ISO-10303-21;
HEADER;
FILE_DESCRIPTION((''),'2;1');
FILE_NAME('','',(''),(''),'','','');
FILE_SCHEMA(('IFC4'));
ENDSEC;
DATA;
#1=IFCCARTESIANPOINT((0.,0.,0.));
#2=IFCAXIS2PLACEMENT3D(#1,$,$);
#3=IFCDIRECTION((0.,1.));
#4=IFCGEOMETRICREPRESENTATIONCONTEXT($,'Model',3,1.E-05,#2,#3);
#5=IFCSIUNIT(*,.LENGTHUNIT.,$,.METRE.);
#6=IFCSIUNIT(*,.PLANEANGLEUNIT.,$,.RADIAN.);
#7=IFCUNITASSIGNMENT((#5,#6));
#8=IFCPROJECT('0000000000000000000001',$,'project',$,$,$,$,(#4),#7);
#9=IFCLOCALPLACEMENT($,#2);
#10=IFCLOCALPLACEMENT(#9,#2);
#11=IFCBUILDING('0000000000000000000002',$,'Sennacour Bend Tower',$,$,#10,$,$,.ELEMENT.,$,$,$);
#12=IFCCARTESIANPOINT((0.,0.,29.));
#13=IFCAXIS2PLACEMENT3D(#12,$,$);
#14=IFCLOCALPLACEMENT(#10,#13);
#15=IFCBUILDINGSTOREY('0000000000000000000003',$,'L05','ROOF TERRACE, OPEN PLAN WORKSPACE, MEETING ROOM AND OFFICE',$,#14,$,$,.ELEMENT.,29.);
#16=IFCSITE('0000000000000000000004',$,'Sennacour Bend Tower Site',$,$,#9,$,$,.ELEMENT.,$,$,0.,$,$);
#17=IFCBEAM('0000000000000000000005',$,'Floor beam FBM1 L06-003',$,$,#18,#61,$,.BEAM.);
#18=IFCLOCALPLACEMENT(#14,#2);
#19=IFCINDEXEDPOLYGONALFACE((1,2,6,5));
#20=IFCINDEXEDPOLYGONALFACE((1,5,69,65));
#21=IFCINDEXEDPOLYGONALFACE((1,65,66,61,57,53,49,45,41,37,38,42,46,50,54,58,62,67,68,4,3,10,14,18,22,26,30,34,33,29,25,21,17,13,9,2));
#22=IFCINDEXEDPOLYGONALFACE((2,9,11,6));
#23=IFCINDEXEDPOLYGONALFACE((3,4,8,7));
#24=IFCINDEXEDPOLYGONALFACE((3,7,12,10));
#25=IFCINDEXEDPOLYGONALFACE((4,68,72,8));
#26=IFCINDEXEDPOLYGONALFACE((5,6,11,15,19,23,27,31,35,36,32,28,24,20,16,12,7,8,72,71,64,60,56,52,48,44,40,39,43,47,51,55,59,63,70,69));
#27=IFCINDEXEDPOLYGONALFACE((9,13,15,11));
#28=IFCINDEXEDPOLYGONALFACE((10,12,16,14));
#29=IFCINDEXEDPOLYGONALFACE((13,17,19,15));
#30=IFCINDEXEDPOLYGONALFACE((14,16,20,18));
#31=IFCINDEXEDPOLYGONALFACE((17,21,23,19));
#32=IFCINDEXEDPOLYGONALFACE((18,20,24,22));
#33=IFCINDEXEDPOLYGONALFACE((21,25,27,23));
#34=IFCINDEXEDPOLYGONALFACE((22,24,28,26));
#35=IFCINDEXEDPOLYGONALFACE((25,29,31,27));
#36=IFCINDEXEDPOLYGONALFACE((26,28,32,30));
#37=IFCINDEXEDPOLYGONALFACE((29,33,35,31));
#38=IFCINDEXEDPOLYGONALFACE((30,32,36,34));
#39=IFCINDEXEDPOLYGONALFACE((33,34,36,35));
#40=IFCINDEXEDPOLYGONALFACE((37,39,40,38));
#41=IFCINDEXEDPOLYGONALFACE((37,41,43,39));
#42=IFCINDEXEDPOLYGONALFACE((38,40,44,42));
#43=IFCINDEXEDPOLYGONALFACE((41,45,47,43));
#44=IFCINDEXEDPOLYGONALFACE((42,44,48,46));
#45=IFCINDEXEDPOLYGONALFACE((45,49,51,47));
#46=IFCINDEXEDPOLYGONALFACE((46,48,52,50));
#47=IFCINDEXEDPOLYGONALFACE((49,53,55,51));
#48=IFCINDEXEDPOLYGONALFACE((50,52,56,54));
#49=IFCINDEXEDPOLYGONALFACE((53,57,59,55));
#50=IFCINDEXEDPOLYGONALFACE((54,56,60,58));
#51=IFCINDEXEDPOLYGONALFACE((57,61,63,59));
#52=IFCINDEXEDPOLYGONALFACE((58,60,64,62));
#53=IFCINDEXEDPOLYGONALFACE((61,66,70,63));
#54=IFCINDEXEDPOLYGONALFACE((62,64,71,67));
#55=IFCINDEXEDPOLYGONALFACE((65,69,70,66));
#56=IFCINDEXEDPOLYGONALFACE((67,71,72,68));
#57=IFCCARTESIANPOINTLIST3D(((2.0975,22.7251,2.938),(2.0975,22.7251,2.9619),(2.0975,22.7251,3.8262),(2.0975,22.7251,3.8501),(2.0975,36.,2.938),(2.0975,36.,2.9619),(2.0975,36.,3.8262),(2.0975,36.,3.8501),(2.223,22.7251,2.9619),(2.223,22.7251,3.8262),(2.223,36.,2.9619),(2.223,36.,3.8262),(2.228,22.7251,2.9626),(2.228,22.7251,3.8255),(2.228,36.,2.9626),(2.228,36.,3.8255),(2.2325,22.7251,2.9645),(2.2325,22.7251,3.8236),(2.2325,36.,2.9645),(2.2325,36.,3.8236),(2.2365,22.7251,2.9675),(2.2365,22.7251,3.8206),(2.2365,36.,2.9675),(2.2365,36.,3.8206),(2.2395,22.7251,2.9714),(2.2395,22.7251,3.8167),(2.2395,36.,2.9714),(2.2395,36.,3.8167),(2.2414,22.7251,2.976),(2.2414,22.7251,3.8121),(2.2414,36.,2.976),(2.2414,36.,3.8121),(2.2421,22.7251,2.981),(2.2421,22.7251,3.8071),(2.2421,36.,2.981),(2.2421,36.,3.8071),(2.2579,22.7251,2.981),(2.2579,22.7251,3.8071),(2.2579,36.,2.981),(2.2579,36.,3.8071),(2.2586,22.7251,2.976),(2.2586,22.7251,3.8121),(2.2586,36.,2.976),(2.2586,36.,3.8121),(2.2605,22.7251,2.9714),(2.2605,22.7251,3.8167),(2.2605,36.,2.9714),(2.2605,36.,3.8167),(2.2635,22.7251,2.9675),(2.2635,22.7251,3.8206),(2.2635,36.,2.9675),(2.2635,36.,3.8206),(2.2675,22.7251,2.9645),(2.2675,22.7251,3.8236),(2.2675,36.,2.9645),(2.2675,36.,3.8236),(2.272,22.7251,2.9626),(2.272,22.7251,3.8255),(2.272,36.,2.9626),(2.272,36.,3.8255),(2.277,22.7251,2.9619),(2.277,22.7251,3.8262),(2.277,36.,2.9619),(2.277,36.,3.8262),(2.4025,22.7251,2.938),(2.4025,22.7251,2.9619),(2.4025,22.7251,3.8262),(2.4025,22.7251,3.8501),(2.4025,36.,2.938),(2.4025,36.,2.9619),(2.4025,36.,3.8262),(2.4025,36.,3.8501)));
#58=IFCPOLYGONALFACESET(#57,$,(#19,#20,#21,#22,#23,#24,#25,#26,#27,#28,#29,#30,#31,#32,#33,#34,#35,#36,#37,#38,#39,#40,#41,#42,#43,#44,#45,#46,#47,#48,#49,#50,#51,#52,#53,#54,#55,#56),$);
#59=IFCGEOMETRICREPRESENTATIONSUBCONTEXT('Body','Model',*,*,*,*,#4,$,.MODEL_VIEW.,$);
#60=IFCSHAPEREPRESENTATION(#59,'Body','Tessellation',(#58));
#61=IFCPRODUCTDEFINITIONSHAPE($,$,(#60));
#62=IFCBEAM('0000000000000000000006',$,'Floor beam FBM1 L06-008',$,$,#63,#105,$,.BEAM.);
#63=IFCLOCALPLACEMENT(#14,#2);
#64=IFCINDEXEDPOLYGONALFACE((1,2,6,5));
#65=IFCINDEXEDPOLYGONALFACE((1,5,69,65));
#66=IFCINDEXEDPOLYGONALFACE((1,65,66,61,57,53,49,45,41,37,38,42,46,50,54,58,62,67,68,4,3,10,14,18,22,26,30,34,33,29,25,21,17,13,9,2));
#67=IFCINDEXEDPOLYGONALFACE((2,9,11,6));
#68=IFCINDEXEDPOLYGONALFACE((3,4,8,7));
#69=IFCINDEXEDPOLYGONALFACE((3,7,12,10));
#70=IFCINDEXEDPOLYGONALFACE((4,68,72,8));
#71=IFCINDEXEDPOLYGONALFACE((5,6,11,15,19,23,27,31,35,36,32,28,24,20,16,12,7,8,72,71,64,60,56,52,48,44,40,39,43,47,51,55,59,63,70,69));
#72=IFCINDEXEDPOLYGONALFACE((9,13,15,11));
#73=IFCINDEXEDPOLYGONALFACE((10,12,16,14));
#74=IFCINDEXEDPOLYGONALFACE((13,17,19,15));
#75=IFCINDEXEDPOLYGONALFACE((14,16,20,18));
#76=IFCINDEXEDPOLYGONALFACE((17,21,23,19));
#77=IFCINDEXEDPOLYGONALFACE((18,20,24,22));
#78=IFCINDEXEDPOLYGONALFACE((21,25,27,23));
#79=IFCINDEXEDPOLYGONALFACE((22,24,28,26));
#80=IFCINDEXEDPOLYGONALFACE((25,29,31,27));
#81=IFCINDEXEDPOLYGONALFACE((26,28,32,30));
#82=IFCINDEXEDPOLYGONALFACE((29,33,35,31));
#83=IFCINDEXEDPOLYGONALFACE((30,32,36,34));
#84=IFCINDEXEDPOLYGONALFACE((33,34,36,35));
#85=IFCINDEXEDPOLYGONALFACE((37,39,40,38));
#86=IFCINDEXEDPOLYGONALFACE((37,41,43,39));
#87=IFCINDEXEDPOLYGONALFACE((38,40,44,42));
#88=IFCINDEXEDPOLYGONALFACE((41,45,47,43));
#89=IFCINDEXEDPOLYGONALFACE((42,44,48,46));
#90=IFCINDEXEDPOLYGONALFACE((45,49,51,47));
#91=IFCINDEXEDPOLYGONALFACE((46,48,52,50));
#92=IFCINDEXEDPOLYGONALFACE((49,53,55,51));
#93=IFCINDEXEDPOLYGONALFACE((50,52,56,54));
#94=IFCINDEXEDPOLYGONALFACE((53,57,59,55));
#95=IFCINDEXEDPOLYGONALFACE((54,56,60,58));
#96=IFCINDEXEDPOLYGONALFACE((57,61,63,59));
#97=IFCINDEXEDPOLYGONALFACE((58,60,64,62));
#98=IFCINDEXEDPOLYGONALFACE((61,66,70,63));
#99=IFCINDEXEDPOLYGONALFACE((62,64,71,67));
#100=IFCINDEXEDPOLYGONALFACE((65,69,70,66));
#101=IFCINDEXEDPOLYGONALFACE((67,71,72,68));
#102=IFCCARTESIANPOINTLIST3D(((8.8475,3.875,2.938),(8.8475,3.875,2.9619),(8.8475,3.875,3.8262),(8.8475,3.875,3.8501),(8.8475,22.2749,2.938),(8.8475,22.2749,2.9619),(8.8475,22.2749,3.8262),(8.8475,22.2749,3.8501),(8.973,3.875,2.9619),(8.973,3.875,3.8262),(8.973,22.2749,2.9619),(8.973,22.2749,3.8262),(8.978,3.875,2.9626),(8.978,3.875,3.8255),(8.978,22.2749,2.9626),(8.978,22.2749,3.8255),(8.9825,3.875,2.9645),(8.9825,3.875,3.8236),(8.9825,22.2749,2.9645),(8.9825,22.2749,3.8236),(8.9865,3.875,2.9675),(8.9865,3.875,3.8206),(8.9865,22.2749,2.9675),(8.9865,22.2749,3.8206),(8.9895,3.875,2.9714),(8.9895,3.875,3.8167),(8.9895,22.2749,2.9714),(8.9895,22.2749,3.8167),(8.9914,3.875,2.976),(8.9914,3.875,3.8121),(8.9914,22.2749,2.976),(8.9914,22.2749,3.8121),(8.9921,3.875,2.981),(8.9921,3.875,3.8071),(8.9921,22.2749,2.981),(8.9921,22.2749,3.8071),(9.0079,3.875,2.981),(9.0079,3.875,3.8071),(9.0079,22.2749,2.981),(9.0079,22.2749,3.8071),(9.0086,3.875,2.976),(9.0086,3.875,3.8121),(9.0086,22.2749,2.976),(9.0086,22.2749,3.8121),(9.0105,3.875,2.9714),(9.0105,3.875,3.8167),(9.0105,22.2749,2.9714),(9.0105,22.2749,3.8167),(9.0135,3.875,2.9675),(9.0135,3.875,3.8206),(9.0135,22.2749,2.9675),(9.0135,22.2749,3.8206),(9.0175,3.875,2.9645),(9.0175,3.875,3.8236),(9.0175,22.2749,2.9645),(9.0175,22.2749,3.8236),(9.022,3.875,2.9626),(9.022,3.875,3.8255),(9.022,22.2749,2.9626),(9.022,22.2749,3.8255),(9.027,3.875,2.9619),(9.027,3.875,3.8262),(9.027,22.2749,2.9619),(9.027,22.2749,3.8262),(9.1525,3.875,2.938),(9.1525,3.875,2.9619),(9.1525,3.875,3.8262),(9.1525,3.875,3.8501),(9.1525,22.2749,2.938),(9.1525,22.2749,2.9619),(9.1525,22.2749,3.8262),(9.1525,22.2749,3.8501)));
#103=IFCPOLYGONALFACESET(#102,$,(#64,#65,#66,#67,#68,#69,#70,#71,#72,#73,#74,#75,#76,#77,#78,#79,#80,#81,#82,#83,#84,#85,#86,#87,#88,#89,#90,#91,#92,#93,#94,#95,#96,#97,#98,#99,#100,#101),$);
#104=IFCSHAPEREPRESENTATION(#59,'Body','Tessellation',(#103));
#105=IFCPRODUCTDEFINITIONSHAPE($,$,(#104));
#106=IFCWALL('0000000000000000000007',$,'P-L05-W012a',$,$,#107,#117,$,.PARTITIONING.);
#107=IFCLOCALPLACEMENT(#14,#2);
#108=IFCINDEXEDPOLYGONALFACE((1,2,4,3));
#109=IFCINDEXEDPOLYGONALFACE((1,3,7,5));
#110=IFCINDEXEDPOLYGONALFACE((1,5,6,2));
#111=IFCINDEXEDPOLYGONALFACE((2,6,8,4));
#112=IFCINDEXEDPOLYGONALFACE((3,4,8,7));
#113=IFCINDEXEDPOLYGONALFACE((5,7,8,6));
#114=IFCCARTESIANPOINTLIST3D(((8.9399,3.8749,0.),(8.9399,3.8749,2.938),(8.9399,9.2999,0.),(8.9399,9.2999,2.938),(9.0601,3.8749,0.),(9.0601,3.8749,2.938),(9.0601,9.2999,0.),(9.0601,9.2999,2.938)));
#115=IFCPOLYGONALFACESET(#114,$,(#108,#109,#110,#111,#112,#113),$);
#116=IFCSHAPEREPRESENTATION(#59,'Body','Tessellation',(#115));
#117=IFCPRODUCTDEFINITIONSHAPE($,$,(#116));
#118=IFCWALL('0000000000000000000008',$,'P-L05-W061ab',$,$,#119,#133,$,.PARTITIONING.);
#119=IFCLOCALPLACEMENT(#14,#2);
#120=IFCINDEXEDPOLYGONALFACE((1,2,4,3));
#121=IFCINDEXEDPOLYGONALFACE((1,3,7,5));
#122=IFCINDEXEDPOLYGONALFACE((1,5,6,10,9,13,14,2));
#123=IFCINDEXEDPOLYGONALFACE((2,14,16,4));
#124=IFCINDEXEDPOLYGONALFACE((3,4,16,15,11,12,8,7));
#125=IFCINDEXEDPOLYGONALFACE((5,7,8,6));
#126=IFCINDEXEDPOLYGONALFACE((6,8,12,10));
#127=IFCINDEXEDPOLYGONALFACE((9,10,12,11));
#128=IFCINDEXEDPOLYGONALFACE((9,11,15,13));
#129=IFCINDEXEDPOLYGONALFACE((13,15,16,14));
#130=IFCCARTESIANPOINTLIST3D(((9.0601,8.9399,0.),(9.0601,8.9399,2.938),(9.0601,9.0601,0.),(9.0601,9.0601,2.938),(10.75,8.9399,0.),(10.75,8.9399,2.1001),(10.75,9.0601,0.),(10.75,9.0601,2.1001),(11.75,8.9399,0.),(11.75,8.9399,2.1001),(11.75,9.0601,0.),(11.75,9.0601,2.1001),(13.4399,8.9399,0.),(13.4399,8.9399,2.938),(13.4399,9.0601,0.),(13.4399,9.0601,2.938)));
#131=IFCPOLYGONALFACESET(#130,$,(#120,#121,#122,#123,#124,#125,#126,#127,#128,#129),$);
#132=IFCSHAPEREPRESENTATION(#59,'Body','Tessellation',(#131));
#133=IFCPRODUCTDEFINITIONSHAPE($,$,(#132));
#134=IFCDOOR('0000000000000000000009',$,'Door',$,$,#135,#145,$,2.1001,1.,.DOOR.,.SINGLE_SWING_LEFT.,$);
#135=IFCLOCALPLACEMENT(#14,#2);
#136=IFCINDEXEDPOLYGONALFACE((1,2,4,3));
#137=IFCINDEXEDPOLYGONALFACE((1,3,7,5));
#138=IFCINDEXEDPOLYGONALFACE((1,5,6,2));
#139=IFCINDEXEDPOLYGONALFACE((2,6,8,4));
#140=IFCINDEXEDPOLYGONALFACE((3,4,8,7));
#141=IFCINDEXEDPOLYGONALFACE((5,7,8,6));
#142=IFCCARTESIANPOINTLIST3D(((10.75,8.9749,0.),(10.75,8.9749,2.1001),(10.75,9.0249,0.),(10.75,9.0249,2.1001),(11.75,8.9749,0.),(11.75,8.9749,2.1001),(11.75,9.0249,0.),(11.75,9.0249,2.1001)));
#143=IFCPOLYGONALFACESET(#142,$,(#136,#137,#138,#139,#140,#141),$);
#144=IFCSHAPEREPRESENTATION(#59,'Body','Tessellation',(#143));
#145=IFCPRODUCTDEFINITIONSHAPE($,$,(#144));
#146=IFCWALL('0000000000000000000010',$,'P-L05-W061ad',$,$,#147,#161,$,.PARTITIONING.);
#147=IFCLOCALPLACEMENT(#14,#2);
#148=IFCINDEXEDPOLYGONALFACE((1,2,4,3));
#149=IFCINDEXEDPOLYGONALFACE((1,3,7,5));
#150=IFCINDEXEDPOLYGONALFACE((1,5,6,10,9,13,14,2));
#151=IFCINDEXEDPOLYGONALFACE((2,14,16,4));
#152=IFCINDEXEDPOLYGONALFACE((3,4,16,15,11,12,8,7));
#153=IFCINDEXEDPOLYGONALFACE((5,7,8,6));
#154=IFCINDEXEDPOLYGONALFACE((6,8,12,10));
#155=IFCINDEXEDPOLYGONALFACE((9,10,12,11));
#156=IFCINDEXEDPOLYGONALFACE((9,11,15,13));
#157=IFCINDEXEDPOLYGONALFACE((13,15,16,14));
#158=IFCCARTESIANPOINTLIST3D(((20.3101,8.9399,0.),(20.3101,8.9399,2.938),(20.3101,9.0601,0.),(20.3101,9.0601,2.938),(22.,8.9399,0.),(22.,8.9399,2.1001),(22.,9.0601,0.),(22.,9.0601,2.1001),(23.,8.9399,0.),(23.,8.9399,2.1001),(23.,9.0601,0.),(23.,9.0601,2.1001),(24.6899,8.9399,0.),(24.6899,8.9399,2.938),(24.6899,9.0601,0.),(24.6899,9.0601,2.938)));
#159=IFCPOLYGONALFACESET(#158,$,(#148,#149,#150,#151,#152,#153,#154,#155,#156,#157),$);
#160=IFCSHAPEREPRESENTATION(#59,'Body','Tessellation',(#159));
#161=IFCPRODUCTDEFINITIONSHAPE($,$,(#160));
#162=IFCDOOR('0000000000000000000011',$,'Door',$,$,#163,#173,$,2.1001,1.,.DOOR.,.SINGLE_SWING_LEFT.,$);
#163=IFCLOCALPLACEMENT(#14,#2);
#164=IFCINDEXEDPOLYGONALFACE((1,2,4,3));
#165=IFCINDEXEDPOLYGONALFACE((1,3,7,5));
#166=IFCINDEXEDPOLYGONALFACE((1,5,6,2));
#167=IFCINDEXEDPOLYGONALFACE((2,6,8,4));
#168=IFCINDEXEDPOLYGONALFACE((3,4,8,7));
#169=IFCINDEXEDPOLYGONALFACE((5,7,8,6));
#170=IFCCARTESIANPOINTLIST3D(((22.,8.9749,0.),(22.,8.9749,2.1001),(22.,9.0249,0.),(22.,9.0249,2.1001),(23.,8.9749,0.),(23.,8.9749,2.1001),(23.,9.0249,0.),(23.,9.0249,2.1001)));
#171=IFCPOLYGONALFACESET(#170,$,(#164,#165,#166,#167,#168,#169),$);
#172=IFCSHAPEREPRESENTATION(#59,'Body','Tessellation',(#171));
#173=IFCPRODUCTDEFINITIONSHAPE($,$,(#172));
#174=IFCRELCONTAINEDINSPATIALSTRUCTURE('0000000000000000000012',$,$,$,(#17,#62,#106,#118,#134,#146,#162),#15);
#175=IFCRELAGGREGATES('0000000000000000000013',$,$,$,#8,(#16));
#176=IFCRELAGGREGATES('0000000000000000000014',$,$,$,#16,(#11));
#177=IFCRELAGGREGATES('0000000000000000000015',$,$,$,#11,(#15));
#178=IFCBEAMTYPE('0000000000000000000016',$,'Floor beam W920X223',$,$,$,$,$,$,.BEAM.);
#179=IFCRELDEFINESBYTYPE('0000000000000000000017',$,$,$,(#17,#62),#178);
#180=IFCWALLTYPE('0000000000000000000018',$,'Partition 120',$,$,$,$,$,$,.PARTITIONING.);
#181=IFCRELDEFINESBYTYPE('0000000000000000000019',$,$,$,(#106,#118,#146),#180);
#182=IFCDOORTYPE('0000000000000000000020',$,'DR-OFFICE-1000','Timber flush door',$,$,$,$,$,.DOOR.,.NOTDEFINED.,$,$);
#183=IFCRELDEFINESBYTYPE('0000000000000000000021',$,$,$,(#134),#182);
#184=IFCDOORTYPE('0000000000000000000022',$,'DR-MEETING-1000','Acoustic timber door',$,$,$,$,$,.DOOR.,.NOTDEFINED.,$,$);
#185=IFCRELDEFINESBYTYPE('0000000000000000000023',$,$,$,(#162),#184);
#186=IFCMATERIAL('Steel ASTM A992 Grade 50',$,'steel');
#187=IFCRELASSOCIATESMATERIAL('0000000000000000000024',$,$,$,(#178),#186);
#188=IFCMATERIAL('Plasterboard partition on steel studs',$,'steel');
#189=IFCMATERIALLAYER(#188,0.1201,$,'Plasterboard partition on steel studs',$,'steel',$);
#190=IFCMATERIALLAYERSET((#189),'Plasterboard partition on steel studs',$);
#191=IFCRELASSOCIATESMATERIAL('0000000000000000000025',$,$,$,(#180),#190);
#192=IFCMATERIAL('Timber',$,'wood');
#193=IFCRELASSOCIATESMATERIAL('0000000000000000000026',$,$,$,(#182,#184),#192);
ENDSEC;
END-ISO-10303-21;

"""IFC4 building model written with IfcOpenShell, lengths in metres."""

from ifc_helpers import new_model, si_unit, direction, frame, frame_2d, origin, origin_2d, place, context, subcontext, project, spatial, rectangle, i_section, extrude, material, layer, layer_set, material_profile, profile_set, type_object, element, fill, save


model = new_model("IFC4")

# Units and contexts
model_context = context("Model", 3, precision=1e-05, world=origin(), true_north=direction((0.0, 1.0)))
body_context = subcontext(model_context, "Body", "Model", "MODEL_VIEW")
ifc_project = project(units=[si_unit("LENGTHUNIT", "METRE"), si_unit("PLANEANGLEUNIT", "RADIAN")], contexts=[model_context])

# Site, building, storey
site_placement = place(None, origin())
site = spatial("IfcSite", under=ifc_project, at=site_placement, Name="Sennacour Bend Tower Site", CompositionType="ELEMENT", RefElevation=0.0)
building_placement = place(site_placement, origin())
building = spatial("IfcBuilding", under=site, at=building_placement, Name="Sennacour Bend Tower", CompositionType="ELEMENT")
storey_placement = place(building_placement, frame((0.0, 0.0, 29.0)))
storey = spatial("IfcBuildingStorey", under=building, at=storey_placement, Name="L05", Description="ROOF TERRACE, OPEN PLAN WORKSPACE, MEETING ROOM AND OFFICE", CompositionType="ELEMENT", Elevation=29.0)

# Beams
ifc_material_1 = material(Name="Steel ASTM A992 Grade 50", Category="steel")
ifc_material_profile = material_profile(ifc_material_1, i_section(OverallWidth=0.3049, OverallDepth=0.9121, WebThickness=0.0159, FlangeThickness=0.0239, FilletRadius=0.019, at=origin_2d()), Name="Steel ASTM A992 Grade 50", Category="steel")
ifc_profile_set = profile_set([ifc_material_profile], Name="Steel ASTM A992 Grade 50")
beam_type = type_object("IfcBeamType", Name="Floor beam W920X223", PredefinedType="BEAM", material=ifc_profile_set)
beam_1_placement = place(storey_placement, frame((2.25, 22.7251, 3.394), z_axis=(0.0, 1.0, 0.0), x_axis=(-1.0, 0.0, 0.0)))
element("IfcBeam", 1, at=beam_1_placement, inside=storey, type_object=beam_type, Name="Floor beam FBM1 L06-003", PredefinedType="BEAM", context=body_context, shape_type="SweptSolid", body=[
    extrude(i_section(OverallWidth=0.3049, OverallDepth=0.9121, WebThickness=0.0159, FlangeThickness=0.0239, FilletRadius=0.019, at=origin_2d()), origin(), (0.0, 0.0, 1.0), 13.2749),
])
beam_2_placement = place(storey_placement, frame((9.0, 3.875, 3.394), z_axis=(0.0, 1.0, 0.0), x_axis=(-1.0, 0.0, 0.0)))
element("IfcBeam", 2, at=beam_2_placement, inside=storey, type_object=beam_type, Name="Floor beam FBM1 L06-008", PredefinedType="BEAM", context=body_context, shape_type="SweptSolid", body=[
    extrude(i_section(OverallWidth=0.3049, OverallDepth=0.9121, WebThickness=0.0159, FlangeThickness=0.0239, FilletRadius=0.019, at=origin_2d()), origin(), (0.0, 0.0, 1.0), 18.3999),
])

# Wall
ifc_material_2 = material(Name="Plasterboard partition on steel studs", Category="steel")
ifc_layer_1 = layer(ifc_material_2, 0.1201, Name="Plasterboard partition on steel studs", Category="steel")
ifc_layer_set_1 = layer_set([ifc_layer_1], Name="Plasterboard partition on steel studs")
wall_type_1 = type_object("IfcWallType", Name="Partition 120", PredefinedType="PARTITIONING", material=ifc_layer_set_1)
wall_1_placement = place(storey_placement, frame((9.0, 3.875, 0.0), z_axis=(0.0, 0.0, 1.0), x_axis=(0.0, 1.0, 0.0)))
element("IfcWall", 3, at=wall_1_placement, inside=storey, type_object=wall_type_1, Name="P-L05-W012a", PredefinedType="PARTITIONING", context=body_context, shape_type="SweptSolid", body=[
    extrude(rectangle(XDim=5.425, YDim=0.1201, at=frame_2d((2.7124, 0.0))), origin(), (0.0, 0.0, 1.0), 2.938),
])

# Walls, openings, doors
wall_2_placement = place(storey_placement, frame((9.0601, 9.0, 0.0), z_axis=(0.0, 0.0, 1.0), x_axis=(1.0, 0.0, 0.0)))
wall_2 = element("IfcWall", 4, at=wall_2_placement, inside=storey, type_object=wall_type_1, Name="P-L05-W061ab", PredefinedType="PARTITIONING", context=body_context, shape_type="SweptSolid", body=[
    extrude(rectangle(XDim=4.3799, YDim=0.1201, at=frame_2d((2.1899, 0.0))), origin(), (0.0, 0.0, 1.0), 2.938),
])
opening_1_placement = place(wall_2_placement, frame((1.6899, 0.0, 0.0)))
opening_1 = element("IfcOpeningElement", 5, at=opening_1_placement, cuts=wall_2, PredefinedType="OPENING", context=body_context, shape_type="SweptSolid", body=[
    extrude(rectangle(XDim=1.0, YDim=2.1001, at=frame_2d((0.5, 1.05))), frame((0.0, 0.0701, 0.0), z_axis=(0.0, -1.0, 0.0), x_axis=(1.0, 0.0, 0.0)), (0.0, 0.0, 1.0), 0.1401),
])
ifc_material_3 = material(Name="Timber", Category="wood")
door_type_1 = type_object("IfcDoorType", Name="DR-OFFICE-1000", Description="Timber flush door", OperationType="NOTDEFINED", PredefinedType="DOOR", material=ifc_material_3)
door_1_placement = place(opening_1_placement, origin())
door_1 = element("IfcDoor", 6, at=door_1_placement, inside=storey, type_object=door_type_1, Name="Door", OperationType="SINGLE_SWING_LEFT", OverallHeight=2.1001, OverallWidth=1.0, PredefinedType="DOOR", context=body_context, shape_type="SweptSolid", body=[
    extrude(rectangle(XDim=1.0, YDim=2.1001, at=frame_2d((0.5, 1.05))), frame((0.0, 0.0249, 0.0), z_axis=(0.0, -1.0, 0.0), x_axis=(1.0, 0.0, 0.0)), (0.0, 0.0, 1.0), 0.05),
])
fill(opening_1, door_1)
wall_3_placement = place(storey_placement, frame((20.3101, 9.0, 0.0), z_axis=(0.0, 0.0, 1.0), x_axis=(1.0, 0.0, 0.0)))
wall_3 = element("IfcWall", 7, at=wall_3_placement, inside=storey, type_object=wall_type_1, Name="P-L05-W061ad", PredefinedType="PARTITIONING", context=body_context, shape_type="SweptSolid", body=[
    extrude(rectangle(XDim=4.3799, YDim=0.1201, at=frame_2d((2.1899, 0.0))), origin(), (0.0, 0.0, 1.0), 2.938),
])
opening_2_placement = place(wall_3_placement, frame((1.6899, 0.0, 0.0)))
opening_2 = element("IfcOpeningElement", 8, at=opening_2_placement, cuts=wall_3, PredefinedType="OPENING", context=body_context, shape_type="SweptSolid", body=[
    extrude(rectangle(XDim=1.0, YDim=2.1001, at=frame_2d((0.5, 1.05))), frame((0.0, 0.0701, 0.0), z_axis=(0.0, -1.0, 0.0), x_axis=(1.0, 0.0, 0.0)), (0.0, 0.0, 1.0), 0.1401),
])
door_type_2 = type_object("IfcDoorType", Name="DR-MEETING-1000", Description="Acoustic timber door", OperationType="NOTDEFINED", PredefinedType="DOOR", material=ifc_material_3)
door_2_placement = place(opening_2_placement, origin())
door_2 = element("IfcDoor", 9, at=door_2_placement, inside=storey, type_object=door_type_2, Name="Door", OperationType="SINGLE_SWING_LEFT", OverallHeight=2.1001, OverallWidth=1.0, PredefinedType="DOOR", context=body_context, shape_type="SweptSolid", body=[
    extrude(rectangle(XDim=1.0, YDim=2.1001, at=frame_2d((0.5, 1.05))), frame((0.0, 0.0249, 0.0), z_axis=(0.0, -1.0, 0.0), x_axis=(1.0, 0.0, 0.0)), (0.0, 0.0, 1.0), 0.05),
])
fill(opening_2, door_2)

save(model, "model.ifc")
